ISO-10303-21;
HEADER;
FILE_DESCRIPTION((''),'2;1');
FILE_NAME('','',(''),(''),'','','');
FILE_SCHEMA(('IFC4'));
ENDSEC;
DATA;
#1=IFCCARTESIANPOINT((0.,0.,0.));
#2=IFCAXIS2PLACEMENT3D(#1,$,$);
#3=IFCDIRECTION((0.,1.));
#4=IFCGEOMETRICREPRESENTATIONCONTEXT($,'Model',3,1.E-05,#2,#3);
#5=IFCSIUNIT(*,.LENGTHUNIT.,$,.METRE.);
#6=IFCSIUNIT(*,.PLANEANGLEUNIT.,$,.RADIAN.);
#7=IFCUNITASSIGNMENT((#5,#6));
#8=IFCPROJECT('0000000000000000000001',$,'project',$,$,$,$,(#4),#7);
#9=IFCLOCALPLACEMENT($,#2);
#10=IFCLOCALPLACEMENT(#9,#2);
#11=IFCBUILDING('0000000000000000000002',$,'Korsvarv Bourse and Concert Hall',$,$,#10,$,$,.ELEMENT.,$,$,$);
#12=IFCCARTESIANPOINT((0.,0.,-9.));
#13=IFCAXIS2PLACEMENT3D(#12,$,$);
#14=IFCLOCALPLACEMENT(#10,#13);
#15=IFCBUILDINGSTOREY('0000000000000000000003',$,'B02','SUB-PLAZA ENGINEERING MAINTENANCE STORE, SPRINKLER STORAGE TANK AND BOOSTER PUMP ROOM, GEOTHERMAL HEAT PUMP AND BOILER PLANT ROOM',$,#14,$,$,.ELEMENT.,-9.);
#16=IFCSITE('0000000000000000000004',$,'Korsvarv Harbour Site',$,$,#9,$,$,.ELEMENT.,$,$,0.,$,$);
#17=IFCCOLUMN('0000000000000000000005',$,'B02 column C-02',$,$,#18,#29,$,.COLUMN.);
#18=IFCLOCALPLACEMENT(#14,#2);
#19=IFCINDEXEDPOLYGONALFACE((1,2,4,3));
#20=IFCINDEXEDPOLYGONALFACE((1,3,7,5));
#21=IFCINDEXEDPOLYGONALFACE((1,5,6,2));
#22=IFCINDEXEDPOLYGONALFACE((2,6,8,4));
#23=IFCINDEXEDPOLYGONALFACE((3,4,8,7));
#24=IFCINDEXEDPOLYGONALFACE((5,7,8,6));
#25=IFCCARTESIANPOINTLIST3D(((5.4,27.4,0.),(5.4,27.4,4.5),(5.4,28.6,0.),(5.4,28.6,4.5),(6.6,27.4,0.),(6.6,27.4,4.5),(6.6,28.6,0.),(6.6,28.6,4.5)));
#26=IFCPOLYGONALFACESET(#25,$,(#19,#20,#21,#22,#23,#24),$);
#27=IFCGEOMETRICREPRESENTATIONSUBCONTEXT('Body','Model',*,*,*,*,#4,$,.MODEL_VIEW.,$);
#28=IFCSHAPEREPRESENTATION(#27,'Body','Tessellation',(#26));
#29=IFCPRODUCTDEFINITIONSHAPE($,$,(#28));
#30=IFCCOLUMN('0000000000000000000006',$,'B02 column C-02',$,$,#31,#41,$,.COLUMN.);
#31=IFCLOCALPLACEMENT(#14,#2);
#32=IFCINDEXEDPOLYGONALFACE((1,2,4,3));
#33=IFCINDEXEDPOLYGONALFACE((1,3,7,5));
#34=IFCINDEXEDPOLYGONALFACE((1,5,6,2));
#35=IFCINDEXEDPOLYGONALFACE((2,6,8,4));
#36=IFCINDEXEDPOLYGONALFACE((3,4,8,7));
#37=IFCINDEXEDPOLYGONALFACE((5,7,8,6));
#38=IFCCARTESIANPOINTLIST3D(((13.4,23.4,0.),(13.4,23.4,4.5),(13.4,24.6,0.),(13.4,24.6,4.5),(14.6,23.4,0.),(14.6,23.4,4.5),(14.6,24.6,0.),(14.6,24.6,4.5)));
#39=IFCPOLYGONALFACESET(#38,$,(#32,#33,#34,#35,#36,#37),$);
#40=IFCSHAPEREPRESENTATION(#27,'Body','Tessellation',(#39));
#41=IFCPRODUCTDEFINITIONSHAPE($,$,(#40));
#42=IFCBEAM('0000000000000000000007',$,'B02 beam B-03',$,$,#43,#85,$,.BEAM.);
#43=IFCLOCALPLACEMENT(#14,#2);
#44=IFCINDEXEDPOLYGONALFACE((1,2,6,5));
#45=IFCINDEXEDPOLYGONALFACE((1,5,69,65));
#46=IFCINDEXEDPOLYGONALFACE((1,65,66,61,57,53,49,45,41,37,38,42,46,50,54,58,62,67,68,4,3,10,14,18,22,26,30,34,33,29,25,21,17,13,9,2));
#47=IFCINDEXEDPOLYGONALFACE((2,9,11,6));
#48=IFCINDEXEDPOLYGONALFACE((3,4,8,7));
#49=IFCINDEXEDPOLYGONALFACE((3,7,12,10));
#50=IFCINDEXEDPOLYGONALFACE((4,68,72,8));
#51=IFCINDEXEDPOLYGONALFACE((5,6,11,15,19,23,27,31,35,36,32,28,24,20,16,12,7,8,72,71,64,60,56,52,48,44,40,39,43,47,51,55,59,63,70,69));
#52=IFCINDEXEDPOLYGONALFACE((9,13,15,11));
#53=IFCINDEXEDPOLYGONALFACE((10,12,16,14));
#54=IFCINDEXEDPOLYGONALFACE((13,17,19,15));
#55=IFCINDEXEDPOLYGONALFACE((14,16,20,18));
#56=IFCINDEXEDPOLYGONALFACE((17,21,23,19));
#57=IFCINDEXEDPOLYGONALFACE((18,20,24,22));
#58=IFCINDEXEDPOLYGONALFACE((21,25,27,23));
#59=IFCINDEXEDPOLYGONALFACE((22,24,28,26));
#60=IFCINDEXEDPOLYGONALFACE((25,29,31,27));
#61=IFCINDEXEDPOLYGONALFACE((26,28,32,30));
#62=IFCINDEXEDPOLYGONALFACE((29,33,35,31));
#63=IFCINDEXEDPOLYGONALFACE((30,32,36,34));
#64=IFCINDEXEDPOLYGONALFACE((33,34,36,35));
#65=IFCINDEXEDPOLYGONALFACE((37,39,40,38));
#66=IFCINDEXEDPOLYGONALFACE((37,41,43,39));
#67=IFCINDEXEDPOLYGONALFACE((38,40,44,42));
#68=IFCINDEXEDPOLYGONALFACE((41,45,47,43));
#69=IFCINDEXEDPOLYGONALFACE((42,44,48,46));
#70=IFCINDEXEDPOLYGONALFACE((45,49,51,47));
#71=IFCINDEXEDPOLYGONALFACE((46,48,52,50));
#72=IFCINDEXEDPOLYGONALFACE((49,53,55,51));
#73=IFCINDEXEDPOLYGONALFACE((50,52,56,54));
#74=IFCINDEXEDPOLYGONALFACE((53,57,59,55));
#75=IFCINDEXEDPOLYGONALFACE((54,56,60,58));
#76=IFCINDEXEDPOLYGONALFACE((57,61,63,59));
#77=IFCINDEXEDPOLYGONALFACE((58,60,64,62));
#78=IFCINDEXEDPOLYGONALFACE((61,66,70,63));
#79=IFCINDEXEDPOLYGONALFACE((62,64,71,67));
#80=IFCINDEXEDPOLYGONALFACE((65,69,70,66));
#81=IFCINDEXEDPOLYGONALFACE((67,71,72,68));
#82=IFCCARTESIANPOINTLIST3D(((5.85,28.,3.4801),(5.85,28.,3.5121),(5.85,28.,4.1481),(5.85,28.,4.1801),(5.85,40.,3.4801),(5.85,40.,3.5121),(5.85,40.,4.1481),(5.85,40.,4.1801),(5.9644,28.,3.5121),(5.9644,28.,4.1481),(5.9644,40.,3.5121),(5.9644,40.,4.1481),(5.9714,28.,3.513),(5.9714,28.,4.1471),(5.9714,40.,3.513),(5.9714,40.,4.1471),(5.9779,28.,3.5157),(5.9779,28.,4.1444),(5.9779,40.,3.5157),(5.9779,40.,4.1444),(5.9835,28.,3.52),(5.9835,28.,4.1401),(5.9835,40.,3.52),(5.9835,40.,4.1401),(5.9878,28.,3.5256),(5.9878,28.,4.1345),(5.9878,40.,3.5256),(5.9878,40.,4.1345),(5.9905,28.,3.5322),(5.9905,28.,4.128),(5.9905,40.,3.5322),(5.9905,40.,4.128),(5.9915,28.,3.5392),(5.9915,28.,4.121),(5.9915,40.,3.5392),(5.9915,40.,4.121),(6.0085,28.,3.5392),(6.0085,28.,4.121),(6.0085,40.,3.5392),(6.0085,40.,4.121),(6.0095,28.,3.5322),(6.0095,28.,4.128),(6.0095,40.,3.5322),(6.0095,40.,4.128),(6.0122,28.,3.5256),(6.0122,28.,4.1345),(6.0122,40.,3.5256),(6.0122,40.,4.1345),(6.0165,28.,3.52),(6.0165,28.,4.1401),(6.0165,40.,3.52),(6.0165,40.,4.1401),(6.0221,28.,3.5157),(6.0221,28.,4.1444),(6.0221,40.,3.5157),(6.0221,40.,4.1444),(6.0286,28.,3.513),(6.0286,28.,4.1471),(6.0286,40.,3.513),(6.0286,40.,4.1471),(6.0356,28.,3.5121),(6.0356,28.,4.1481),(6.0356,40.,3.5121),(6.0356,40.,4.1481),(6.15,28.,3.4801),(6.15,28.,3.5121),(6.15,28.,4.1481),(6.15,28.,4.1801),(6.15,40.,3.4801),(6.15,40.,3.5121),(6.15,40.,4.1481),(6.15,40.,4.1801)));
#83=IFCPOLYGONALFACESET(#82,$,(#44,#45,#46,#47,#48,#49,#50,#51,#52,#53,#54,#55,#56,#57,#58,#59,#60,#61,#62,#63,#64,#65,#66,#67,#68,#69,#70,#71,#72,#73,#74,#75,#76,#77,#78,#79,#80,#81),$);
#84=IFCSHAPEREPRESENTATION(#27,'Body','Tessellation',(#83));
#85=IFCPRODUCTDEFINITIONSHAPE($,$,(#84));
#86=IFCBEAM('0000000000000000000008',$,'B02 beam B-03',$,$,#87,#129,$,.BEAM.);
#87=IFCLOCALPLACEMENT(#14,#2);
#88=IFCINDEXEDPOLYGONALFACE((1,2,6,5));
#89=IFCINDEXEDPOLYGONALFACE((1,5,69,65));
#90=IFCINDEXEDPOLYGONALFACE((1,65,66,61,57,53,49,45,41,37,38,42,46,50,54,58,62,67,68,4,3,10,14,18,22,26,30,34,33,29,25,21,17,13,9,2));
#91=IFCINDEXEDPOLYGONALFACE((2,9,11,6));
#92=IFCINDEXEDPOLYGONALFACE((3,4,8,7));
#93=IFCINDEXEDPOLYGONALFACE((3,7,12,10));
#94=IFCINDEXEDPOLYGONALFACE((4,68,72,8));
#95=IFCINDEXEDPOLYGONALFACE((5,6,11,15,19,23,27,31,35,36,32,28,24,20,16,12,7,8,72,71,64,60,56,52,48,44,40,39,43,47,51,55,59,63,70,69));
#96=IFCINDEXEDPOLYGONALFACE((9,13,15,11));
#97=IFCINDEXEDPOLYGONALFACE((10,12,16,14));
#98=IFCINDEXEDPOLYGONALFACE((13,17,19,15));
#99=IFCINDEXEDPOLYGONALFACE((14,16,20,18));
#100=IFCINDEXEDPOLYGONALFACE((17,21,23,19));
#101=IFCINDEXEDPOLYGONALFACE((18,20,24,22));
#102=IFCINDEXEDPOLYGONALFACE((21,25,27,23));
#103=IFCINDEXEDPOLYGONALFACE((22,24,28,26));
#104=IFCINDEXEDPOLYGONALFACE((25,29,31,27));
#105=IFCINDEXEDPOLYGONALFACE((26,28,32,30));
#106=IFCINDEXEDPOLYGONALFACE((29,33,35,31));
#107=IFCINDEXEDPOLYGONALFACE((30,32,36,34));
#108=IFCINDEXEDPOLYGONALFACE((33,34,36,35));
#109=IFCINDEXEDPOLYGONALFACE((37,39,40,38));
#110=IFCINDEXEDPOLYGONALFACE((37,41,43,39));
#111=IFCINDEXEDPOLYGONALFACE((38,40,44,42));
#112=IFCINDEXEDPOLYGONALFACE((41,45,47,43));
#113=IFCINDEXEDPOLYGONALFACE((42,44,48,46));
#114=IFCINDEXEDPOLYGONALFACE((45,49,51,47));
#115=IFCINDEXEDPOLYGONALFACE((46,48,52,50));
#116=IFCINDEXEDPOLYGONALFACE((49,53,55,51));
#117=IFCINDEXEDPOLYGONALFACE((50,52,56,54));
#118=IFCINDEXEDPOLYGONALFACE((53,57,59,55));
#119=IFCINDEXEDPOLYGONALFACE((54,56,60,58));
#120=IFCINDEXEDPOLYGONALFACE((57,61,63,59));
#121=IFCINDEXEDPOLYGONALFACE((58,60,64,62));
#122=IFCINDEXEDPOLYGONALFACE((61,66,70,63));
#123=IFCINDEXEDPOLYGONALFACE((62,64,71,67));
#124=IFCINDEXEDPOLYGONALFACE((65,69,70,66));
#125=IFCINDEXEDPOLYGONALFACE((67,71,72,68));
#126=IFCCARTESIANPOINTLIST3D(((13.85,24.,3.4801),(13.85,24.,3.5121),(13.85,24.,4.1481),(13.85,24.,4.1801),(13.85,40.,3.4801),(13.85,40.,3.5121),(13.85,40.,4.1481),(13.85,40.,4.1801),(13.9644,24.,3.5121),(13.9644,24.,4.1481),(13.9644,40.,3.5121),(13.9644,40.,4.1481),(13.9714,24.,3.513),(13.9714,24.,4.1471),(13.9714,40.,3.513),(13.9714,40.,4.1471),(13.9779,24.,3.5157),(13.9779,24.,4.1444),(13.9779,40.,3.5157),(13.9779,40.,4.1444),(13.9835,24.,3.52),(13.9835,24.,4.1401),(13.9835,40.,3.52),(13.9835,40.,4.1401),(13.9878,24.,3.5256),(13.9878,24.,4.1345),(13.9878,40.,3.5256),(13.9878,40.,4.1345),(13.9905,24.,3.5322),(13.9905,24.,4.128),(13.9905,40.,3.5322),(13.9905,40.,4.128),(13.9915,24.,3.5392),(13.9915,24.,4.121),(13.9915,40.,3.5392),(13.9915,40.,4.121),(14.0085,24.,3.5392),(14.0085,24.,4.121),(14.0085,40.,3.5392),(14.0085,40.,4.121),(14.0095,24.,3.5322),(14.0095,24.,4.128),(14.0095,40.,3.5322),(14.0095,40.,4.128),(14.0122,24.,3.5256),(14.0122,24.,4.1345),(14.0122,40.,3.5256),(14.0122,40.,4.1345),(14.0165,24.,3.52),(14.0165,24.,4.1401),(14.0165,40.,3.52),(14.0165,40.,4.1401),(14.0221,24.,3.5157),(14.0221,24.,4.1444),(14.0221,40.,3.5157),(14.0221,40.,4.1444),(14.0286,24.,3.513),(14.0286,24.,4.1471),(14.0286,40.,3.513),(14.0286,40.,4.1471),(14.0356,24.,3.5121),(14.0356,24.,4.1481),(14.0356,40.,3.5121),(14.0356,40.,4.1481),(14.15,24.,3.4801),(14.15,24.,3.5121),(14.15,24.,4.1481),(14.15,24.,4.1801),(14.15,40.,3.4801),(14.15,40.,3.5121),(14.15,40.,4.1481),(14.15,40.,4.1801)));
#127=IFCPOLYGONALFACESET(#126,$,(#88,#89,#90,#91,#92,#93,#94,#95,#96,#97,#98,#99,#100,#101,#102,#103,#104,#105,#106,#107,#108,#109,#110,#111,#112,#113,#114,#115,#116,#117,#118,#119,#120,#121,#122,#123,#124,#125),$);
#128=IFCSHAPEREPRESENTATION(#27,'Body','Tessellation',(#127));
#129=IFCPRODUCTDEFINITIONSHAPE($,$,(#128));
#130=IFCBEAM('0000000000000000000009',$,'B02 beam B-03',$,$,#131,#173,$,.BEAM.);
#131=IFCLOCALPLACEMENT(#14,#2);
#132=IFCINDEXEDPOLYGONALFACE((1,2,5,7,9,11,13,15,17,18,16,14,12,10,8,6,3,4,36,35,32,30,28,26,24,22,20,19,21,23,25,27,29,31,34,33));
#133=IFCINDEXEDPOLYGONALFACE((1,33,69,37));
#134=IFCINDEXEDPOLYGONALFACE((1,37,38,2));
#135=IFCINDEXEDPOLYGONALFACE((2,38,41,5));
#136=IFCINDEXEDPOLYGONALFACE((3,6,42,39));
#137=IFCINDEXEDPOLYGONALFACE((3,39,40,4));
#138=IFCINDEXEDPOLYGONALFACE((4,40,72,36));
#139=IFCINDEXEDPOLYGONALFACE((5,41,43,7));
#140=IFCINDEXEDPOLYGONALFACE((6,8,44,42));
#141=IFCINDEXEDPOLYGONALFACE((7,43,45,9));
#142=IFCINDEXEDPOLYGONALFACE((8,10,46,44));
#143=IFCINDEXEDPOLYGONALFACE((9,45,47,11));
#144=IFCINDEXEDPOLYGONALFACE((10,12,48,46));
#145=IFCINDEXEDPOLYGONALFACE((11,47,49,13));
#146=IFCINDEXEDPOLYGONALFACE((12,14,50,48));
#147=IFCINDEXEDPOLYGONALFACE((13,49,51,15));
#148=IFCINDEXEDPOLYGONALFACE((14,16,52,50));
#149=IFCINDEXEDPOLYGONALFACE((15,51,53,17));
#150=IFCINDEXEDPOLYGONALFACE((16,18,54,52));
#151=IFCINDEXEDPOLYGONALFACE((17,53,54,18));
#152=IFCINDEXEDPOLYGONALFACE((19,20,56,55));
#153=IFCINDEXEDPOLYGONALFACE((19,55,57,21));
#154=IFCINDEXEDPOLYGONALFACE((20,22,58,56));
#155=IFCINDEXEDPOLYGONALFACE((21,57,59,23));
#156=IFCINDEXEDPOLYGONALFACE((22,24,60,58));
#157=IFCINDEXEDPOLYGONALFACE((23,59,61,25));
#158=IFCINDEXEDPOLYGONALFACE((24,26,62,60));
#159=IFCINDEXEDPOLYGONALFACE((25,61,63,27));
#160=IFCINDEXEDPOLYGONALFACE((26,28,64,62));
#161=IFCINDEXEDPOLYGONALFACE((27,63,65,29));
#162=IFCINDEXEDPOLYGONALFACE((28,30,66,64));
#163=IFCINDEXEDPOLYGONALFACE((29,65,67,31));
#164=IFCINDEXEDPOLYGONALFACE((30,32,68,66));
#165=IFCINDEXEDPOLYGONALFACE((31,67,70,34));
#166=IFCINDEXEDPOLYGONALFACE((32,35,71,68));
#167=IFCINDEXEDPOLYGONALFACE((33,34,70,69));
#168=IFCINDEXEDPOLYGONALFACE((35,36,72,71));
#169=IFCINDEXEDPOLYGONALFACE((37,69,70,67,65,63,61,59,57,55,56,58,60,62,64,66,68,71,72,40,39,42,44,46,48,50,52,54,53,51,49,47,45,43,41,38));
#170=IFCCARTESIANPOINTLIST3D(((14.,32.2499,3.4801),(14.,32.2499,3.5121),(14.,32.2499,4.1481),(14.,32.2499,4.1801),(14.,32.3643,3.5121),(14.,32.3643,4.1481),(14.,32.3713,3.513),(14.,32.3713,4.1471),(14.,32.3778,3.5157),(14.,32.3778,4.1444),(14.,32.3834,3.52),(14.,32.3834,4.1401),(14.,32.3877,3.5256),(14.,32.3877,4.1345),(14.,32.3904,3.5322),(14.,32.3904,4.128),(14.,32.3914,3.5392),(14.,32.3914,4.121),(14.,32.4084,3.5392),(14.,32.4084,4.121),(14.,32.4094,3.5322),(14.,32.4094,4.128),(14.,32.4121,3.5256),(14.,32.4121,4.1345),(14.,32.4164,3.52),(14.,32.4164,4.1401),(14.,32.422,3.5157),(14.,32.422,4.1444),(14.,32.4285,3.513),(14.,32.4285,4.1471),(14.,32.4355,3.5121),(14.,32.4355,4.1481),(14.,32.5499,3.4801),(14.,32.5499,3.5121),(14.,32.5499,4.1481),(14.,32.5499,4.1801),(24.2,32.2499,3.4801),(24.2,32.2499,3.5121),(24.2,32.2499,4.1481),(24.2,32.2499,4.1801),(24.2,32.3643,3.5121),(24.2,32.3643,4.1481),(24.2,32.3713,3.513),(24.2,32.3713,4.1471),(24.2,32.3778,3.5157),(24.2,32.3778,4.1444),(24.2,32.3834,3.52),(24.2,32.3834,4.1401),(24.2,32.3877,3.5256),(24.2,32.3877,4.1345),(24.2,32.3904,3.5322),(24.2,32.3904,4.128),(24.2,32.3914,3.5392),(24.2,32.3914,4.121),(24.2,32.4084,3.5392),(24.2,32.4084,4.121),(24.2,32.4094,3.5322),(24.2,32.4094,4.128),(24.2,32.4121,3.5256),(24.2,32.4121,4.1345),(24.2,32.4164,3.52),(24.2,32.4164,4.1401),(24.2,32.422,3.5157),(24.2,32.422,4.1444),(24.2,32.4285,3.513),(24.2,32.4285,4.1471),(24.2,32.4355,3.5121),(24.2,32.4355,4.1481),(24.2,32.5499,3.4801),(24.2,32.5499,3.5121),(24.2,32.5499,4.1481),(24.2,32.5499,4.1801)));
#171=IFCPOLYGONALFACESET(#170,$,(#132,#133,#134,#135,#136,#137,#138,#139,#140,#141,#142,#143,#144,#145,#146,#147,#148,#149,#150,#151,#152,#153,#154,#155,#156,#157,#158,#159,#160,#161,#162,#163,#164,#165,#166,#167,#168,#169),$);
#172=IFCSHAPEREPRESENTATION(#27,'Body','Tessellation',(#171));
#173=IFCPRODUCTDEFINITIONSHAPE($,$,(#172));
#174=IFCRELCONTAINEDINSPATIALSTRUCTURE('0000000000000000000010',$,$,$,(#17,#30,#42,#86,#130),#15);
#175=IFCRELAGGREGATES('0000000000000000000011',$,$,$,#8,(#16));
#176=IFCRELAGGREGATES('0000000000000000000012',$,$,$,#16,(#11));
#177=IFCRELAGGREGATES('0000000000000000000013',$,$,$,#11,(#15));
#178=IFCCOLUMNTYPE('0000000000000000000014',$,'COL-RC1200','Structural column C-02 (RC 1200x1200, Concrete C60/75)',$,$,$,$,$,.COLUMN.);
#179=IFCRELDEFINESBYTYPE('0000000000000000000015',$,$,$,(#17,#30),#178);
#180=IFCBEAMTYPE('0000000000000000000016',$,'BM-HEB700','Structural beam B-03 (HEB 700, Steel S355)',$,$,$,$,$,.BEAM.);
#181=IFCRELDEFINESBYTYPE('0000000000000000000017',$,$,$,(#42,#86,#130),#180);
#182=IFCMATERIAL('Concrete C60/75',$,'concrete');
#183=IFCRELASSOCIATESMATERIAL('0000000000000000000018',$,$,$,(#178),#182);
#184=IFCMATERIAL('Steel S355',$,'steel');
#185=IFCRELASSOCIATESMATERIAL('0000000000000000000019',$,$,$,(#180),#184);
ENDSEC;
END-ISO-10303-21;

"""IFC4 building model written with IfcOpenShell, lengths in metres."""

from ifc_helpers import new_model, si_unit, direction, frame, origin, origin_2d, place, context, subcontext, project, spatial, rectangle, i_section, extrude, source, transform, mapped, material, material_profile, profile_set, type_object, element, save


model = new_model("IFC4")

# Units and contexts
model_context = context("Model", 3, precision=1e-05, world=origin(), true_north=direction((0.0, 1.0)))
body_context = subcontext(model_context, "Body", "Model", "MODEL_VIEW")
ifc_project = project(units=[si_unit("LENGTHUNIT", "METRE"), si_unit("PLANEANGLEUNIT", "RADIAN")], contexts=[model_context])

# Site, building, storey
site_placement = place(None, origin())
site = spatial("IfcSite", under=ifc_project, at=site_placement, Name="Korsvarv Harbour Site", CompositionType="ELEMENT", RefElevation=0.0)
building_placement = place(site_placement, origin())
building = spatial("IfcBuilding", under=site, at=building_placement, Name="Korsvarv Bourse and Concert Hall", CompositionType="ELEMENT")
storey_placement = place(building_placement, frame((0.0, 0.0, -9.0)))
storey = spatial("IfcBuildingStorey", under=building, at=storey_placement, Name="B02", Description="SUB-PLAZA ENGINEERING MAINTENANCE STORE, SPRINKLER STORAGE TANK AND BOOSTER PUMP ROOM, GEOTHERMAL HEAT PUMP AND BOILER PLANT ROOM", CompositionType="ELEMENT", Elevation=-9.0)

# Columns
ifc_material_1 = material(Name="Concrete C60/75", Category="concrete")
ifc_material_profile_1 = material_profile(ifc_material_1, rectangle(XDim=1.2, YDim=1.2, at=origin_2d()), Name="RC 1200x1200")
ifc_profile_set_1 = profile_set([ifc_material_profile_1], Name="Concrete C60/75")
column_type_1 = type_object("IfcColumnType", Name="COL-RC1200", Description="Structural column C-02 (RC 1200x1200, Concrete C60/75)", PredefinedType="COLUMN", material=ifc_profile_set_1)
shared_shape_1 = source(origin(), body_context, "Body", "SweptSolid", [
    extrude(rectangle(XDim=1.2, YDim=1.2, at=origin_2d()), origin(), (0.0, 0.0, 1.0), 4.5),
])
for number, where, z_axis, x_axis, name in (
    (1, (6.0, 28.0, 0.0), (0.0, 0.0, 1.0), (1.0, 0.0, 0.0), "B02 column C-02"),
    (2, (14.0, 24.0, 0.0), (0.0, 0.0, 1.0), (1.0, 0.0, 0.0), "B02 column C-02"),
):
    element("IfcColumn", number, at=place(storey_placement, frame(where, z_axis=z_axis, x_axis=x_axis)), inside=storey, type_object=column_type_1, Name=name, PredefinedType="COLUMN", context=body_context, shape_type="MappedRepresentation", body=[
        mapped(shared_shape_1, transform((0.0, 0.0, 0.0), scale=1.0)),
    ])

# Beams
ifc_material_2 = material(Name="Steel S355", Category="steel")
ifc_material_profile_2 = material_profile(ifc_material_2, i_section(OverallWidth=0.3, OverallDepth=0.7, WebThickness=0.0171, FlangeThickness=0.032, FilletRadius=0.0271, at=origin_2d()), Name="HEB 700")
ifc_profile_set_2 = profile_set([ifc_material_profile_2], Name="Steel S355")
beam_type_1 = type_object("IfcBeamType", Name="BM-HEB700", Description="Structural beam B-03 (HEB 700, Steel S355)", PredefinedType="BEAM", material=ifc_profile_set_2)
shared_shape_2 = source(origin(), body_context, "Body", "SweptSolid", [
    extrude(i_section(OverallWidth=0.3, OverallDepth=0.7, WebThickness=0.0171, FlangeThickness=0.032, FilletRadius=0.0271, at=origin_2d()), origin(), (0.0, 0.0, 1.0), 12.0),
])
beam_1_placement = place(storey_placement, frame((6.0, 28.0, 3.8301), z_axis=(0.0, 1.0, 0.0), x_axis=(-1.0, 0.0, 0.0)))
element("IfcBeam", 3, at=beam_1_placement, inside=storey, type_object=beam_type_1, Name="B02 beam B-03", PredefinedType="BEAM", context=body_context, shape_type="MappedRepresentation", body=[
    mapped(shared_shape_2, transform((0.0, 0.0, 0.0), scale=1.0)),
])
shared_shape_3 = source(origin(), body_context, "Body", "SweptSolid", [
    extrude(i_section(OverallWidth=0.3, OverallDepth=0.7, WebThickness=0.0171, FlangeThickness=0.032, FilletRadius=0.0271, at=origin_2d()), origin(), (0.0, 0.0, 1.0), 16.0),
])
beam_2_placement = place(storey_placement, frame((14.0, 24.0, 3.8301), z_axis=(0.0, 1.0, 0.0), x_axis=(-1.0, 0.0, 0.0)))
element("IfcBeam", 4, at=beam_2_placement, inside=storey, type_object=beam_type_1, Name="B02 beam B-03", PredefinedType="BEAM", context=body_context, shape_type="MappedRepresentation", body=[
    mapped(shared_shape_3, transform((0.0, 0.0, 0.0), scale=1.0)),
])
shared_shape_4 = source(origin(), body_context, "Body", "SweptSolid", [
    extrude(i_section(OverallWidth=0.3, OverallDepth=0.7, WebThickness=0.0171, FlangeThickness=0.032, FilletRadius=0.0271, at=origin_2d()), origin(), (0.0, 0.0, 1.0), 10.2),
])
beam_3_placement = place(storey_placement, frame((14.0, 32.3999, 3.8301), z_axis=(1.0, 0.0, 0.0), x_axis=(0.0, 1.0, 0.0)))
element("IfcBeam", 5, at=beam_3_placement, inside=storey, type_object=beam_type_1, Name="B02 beam B-03", PredefinedType="BEAM", context=body_context, shape_type="MappedRepresentation", body=[
    mapped(shared_shape_4, transform((0.0, 0.0, 0.0), scale=1.0)),
])

save(model, "model.ifc")
